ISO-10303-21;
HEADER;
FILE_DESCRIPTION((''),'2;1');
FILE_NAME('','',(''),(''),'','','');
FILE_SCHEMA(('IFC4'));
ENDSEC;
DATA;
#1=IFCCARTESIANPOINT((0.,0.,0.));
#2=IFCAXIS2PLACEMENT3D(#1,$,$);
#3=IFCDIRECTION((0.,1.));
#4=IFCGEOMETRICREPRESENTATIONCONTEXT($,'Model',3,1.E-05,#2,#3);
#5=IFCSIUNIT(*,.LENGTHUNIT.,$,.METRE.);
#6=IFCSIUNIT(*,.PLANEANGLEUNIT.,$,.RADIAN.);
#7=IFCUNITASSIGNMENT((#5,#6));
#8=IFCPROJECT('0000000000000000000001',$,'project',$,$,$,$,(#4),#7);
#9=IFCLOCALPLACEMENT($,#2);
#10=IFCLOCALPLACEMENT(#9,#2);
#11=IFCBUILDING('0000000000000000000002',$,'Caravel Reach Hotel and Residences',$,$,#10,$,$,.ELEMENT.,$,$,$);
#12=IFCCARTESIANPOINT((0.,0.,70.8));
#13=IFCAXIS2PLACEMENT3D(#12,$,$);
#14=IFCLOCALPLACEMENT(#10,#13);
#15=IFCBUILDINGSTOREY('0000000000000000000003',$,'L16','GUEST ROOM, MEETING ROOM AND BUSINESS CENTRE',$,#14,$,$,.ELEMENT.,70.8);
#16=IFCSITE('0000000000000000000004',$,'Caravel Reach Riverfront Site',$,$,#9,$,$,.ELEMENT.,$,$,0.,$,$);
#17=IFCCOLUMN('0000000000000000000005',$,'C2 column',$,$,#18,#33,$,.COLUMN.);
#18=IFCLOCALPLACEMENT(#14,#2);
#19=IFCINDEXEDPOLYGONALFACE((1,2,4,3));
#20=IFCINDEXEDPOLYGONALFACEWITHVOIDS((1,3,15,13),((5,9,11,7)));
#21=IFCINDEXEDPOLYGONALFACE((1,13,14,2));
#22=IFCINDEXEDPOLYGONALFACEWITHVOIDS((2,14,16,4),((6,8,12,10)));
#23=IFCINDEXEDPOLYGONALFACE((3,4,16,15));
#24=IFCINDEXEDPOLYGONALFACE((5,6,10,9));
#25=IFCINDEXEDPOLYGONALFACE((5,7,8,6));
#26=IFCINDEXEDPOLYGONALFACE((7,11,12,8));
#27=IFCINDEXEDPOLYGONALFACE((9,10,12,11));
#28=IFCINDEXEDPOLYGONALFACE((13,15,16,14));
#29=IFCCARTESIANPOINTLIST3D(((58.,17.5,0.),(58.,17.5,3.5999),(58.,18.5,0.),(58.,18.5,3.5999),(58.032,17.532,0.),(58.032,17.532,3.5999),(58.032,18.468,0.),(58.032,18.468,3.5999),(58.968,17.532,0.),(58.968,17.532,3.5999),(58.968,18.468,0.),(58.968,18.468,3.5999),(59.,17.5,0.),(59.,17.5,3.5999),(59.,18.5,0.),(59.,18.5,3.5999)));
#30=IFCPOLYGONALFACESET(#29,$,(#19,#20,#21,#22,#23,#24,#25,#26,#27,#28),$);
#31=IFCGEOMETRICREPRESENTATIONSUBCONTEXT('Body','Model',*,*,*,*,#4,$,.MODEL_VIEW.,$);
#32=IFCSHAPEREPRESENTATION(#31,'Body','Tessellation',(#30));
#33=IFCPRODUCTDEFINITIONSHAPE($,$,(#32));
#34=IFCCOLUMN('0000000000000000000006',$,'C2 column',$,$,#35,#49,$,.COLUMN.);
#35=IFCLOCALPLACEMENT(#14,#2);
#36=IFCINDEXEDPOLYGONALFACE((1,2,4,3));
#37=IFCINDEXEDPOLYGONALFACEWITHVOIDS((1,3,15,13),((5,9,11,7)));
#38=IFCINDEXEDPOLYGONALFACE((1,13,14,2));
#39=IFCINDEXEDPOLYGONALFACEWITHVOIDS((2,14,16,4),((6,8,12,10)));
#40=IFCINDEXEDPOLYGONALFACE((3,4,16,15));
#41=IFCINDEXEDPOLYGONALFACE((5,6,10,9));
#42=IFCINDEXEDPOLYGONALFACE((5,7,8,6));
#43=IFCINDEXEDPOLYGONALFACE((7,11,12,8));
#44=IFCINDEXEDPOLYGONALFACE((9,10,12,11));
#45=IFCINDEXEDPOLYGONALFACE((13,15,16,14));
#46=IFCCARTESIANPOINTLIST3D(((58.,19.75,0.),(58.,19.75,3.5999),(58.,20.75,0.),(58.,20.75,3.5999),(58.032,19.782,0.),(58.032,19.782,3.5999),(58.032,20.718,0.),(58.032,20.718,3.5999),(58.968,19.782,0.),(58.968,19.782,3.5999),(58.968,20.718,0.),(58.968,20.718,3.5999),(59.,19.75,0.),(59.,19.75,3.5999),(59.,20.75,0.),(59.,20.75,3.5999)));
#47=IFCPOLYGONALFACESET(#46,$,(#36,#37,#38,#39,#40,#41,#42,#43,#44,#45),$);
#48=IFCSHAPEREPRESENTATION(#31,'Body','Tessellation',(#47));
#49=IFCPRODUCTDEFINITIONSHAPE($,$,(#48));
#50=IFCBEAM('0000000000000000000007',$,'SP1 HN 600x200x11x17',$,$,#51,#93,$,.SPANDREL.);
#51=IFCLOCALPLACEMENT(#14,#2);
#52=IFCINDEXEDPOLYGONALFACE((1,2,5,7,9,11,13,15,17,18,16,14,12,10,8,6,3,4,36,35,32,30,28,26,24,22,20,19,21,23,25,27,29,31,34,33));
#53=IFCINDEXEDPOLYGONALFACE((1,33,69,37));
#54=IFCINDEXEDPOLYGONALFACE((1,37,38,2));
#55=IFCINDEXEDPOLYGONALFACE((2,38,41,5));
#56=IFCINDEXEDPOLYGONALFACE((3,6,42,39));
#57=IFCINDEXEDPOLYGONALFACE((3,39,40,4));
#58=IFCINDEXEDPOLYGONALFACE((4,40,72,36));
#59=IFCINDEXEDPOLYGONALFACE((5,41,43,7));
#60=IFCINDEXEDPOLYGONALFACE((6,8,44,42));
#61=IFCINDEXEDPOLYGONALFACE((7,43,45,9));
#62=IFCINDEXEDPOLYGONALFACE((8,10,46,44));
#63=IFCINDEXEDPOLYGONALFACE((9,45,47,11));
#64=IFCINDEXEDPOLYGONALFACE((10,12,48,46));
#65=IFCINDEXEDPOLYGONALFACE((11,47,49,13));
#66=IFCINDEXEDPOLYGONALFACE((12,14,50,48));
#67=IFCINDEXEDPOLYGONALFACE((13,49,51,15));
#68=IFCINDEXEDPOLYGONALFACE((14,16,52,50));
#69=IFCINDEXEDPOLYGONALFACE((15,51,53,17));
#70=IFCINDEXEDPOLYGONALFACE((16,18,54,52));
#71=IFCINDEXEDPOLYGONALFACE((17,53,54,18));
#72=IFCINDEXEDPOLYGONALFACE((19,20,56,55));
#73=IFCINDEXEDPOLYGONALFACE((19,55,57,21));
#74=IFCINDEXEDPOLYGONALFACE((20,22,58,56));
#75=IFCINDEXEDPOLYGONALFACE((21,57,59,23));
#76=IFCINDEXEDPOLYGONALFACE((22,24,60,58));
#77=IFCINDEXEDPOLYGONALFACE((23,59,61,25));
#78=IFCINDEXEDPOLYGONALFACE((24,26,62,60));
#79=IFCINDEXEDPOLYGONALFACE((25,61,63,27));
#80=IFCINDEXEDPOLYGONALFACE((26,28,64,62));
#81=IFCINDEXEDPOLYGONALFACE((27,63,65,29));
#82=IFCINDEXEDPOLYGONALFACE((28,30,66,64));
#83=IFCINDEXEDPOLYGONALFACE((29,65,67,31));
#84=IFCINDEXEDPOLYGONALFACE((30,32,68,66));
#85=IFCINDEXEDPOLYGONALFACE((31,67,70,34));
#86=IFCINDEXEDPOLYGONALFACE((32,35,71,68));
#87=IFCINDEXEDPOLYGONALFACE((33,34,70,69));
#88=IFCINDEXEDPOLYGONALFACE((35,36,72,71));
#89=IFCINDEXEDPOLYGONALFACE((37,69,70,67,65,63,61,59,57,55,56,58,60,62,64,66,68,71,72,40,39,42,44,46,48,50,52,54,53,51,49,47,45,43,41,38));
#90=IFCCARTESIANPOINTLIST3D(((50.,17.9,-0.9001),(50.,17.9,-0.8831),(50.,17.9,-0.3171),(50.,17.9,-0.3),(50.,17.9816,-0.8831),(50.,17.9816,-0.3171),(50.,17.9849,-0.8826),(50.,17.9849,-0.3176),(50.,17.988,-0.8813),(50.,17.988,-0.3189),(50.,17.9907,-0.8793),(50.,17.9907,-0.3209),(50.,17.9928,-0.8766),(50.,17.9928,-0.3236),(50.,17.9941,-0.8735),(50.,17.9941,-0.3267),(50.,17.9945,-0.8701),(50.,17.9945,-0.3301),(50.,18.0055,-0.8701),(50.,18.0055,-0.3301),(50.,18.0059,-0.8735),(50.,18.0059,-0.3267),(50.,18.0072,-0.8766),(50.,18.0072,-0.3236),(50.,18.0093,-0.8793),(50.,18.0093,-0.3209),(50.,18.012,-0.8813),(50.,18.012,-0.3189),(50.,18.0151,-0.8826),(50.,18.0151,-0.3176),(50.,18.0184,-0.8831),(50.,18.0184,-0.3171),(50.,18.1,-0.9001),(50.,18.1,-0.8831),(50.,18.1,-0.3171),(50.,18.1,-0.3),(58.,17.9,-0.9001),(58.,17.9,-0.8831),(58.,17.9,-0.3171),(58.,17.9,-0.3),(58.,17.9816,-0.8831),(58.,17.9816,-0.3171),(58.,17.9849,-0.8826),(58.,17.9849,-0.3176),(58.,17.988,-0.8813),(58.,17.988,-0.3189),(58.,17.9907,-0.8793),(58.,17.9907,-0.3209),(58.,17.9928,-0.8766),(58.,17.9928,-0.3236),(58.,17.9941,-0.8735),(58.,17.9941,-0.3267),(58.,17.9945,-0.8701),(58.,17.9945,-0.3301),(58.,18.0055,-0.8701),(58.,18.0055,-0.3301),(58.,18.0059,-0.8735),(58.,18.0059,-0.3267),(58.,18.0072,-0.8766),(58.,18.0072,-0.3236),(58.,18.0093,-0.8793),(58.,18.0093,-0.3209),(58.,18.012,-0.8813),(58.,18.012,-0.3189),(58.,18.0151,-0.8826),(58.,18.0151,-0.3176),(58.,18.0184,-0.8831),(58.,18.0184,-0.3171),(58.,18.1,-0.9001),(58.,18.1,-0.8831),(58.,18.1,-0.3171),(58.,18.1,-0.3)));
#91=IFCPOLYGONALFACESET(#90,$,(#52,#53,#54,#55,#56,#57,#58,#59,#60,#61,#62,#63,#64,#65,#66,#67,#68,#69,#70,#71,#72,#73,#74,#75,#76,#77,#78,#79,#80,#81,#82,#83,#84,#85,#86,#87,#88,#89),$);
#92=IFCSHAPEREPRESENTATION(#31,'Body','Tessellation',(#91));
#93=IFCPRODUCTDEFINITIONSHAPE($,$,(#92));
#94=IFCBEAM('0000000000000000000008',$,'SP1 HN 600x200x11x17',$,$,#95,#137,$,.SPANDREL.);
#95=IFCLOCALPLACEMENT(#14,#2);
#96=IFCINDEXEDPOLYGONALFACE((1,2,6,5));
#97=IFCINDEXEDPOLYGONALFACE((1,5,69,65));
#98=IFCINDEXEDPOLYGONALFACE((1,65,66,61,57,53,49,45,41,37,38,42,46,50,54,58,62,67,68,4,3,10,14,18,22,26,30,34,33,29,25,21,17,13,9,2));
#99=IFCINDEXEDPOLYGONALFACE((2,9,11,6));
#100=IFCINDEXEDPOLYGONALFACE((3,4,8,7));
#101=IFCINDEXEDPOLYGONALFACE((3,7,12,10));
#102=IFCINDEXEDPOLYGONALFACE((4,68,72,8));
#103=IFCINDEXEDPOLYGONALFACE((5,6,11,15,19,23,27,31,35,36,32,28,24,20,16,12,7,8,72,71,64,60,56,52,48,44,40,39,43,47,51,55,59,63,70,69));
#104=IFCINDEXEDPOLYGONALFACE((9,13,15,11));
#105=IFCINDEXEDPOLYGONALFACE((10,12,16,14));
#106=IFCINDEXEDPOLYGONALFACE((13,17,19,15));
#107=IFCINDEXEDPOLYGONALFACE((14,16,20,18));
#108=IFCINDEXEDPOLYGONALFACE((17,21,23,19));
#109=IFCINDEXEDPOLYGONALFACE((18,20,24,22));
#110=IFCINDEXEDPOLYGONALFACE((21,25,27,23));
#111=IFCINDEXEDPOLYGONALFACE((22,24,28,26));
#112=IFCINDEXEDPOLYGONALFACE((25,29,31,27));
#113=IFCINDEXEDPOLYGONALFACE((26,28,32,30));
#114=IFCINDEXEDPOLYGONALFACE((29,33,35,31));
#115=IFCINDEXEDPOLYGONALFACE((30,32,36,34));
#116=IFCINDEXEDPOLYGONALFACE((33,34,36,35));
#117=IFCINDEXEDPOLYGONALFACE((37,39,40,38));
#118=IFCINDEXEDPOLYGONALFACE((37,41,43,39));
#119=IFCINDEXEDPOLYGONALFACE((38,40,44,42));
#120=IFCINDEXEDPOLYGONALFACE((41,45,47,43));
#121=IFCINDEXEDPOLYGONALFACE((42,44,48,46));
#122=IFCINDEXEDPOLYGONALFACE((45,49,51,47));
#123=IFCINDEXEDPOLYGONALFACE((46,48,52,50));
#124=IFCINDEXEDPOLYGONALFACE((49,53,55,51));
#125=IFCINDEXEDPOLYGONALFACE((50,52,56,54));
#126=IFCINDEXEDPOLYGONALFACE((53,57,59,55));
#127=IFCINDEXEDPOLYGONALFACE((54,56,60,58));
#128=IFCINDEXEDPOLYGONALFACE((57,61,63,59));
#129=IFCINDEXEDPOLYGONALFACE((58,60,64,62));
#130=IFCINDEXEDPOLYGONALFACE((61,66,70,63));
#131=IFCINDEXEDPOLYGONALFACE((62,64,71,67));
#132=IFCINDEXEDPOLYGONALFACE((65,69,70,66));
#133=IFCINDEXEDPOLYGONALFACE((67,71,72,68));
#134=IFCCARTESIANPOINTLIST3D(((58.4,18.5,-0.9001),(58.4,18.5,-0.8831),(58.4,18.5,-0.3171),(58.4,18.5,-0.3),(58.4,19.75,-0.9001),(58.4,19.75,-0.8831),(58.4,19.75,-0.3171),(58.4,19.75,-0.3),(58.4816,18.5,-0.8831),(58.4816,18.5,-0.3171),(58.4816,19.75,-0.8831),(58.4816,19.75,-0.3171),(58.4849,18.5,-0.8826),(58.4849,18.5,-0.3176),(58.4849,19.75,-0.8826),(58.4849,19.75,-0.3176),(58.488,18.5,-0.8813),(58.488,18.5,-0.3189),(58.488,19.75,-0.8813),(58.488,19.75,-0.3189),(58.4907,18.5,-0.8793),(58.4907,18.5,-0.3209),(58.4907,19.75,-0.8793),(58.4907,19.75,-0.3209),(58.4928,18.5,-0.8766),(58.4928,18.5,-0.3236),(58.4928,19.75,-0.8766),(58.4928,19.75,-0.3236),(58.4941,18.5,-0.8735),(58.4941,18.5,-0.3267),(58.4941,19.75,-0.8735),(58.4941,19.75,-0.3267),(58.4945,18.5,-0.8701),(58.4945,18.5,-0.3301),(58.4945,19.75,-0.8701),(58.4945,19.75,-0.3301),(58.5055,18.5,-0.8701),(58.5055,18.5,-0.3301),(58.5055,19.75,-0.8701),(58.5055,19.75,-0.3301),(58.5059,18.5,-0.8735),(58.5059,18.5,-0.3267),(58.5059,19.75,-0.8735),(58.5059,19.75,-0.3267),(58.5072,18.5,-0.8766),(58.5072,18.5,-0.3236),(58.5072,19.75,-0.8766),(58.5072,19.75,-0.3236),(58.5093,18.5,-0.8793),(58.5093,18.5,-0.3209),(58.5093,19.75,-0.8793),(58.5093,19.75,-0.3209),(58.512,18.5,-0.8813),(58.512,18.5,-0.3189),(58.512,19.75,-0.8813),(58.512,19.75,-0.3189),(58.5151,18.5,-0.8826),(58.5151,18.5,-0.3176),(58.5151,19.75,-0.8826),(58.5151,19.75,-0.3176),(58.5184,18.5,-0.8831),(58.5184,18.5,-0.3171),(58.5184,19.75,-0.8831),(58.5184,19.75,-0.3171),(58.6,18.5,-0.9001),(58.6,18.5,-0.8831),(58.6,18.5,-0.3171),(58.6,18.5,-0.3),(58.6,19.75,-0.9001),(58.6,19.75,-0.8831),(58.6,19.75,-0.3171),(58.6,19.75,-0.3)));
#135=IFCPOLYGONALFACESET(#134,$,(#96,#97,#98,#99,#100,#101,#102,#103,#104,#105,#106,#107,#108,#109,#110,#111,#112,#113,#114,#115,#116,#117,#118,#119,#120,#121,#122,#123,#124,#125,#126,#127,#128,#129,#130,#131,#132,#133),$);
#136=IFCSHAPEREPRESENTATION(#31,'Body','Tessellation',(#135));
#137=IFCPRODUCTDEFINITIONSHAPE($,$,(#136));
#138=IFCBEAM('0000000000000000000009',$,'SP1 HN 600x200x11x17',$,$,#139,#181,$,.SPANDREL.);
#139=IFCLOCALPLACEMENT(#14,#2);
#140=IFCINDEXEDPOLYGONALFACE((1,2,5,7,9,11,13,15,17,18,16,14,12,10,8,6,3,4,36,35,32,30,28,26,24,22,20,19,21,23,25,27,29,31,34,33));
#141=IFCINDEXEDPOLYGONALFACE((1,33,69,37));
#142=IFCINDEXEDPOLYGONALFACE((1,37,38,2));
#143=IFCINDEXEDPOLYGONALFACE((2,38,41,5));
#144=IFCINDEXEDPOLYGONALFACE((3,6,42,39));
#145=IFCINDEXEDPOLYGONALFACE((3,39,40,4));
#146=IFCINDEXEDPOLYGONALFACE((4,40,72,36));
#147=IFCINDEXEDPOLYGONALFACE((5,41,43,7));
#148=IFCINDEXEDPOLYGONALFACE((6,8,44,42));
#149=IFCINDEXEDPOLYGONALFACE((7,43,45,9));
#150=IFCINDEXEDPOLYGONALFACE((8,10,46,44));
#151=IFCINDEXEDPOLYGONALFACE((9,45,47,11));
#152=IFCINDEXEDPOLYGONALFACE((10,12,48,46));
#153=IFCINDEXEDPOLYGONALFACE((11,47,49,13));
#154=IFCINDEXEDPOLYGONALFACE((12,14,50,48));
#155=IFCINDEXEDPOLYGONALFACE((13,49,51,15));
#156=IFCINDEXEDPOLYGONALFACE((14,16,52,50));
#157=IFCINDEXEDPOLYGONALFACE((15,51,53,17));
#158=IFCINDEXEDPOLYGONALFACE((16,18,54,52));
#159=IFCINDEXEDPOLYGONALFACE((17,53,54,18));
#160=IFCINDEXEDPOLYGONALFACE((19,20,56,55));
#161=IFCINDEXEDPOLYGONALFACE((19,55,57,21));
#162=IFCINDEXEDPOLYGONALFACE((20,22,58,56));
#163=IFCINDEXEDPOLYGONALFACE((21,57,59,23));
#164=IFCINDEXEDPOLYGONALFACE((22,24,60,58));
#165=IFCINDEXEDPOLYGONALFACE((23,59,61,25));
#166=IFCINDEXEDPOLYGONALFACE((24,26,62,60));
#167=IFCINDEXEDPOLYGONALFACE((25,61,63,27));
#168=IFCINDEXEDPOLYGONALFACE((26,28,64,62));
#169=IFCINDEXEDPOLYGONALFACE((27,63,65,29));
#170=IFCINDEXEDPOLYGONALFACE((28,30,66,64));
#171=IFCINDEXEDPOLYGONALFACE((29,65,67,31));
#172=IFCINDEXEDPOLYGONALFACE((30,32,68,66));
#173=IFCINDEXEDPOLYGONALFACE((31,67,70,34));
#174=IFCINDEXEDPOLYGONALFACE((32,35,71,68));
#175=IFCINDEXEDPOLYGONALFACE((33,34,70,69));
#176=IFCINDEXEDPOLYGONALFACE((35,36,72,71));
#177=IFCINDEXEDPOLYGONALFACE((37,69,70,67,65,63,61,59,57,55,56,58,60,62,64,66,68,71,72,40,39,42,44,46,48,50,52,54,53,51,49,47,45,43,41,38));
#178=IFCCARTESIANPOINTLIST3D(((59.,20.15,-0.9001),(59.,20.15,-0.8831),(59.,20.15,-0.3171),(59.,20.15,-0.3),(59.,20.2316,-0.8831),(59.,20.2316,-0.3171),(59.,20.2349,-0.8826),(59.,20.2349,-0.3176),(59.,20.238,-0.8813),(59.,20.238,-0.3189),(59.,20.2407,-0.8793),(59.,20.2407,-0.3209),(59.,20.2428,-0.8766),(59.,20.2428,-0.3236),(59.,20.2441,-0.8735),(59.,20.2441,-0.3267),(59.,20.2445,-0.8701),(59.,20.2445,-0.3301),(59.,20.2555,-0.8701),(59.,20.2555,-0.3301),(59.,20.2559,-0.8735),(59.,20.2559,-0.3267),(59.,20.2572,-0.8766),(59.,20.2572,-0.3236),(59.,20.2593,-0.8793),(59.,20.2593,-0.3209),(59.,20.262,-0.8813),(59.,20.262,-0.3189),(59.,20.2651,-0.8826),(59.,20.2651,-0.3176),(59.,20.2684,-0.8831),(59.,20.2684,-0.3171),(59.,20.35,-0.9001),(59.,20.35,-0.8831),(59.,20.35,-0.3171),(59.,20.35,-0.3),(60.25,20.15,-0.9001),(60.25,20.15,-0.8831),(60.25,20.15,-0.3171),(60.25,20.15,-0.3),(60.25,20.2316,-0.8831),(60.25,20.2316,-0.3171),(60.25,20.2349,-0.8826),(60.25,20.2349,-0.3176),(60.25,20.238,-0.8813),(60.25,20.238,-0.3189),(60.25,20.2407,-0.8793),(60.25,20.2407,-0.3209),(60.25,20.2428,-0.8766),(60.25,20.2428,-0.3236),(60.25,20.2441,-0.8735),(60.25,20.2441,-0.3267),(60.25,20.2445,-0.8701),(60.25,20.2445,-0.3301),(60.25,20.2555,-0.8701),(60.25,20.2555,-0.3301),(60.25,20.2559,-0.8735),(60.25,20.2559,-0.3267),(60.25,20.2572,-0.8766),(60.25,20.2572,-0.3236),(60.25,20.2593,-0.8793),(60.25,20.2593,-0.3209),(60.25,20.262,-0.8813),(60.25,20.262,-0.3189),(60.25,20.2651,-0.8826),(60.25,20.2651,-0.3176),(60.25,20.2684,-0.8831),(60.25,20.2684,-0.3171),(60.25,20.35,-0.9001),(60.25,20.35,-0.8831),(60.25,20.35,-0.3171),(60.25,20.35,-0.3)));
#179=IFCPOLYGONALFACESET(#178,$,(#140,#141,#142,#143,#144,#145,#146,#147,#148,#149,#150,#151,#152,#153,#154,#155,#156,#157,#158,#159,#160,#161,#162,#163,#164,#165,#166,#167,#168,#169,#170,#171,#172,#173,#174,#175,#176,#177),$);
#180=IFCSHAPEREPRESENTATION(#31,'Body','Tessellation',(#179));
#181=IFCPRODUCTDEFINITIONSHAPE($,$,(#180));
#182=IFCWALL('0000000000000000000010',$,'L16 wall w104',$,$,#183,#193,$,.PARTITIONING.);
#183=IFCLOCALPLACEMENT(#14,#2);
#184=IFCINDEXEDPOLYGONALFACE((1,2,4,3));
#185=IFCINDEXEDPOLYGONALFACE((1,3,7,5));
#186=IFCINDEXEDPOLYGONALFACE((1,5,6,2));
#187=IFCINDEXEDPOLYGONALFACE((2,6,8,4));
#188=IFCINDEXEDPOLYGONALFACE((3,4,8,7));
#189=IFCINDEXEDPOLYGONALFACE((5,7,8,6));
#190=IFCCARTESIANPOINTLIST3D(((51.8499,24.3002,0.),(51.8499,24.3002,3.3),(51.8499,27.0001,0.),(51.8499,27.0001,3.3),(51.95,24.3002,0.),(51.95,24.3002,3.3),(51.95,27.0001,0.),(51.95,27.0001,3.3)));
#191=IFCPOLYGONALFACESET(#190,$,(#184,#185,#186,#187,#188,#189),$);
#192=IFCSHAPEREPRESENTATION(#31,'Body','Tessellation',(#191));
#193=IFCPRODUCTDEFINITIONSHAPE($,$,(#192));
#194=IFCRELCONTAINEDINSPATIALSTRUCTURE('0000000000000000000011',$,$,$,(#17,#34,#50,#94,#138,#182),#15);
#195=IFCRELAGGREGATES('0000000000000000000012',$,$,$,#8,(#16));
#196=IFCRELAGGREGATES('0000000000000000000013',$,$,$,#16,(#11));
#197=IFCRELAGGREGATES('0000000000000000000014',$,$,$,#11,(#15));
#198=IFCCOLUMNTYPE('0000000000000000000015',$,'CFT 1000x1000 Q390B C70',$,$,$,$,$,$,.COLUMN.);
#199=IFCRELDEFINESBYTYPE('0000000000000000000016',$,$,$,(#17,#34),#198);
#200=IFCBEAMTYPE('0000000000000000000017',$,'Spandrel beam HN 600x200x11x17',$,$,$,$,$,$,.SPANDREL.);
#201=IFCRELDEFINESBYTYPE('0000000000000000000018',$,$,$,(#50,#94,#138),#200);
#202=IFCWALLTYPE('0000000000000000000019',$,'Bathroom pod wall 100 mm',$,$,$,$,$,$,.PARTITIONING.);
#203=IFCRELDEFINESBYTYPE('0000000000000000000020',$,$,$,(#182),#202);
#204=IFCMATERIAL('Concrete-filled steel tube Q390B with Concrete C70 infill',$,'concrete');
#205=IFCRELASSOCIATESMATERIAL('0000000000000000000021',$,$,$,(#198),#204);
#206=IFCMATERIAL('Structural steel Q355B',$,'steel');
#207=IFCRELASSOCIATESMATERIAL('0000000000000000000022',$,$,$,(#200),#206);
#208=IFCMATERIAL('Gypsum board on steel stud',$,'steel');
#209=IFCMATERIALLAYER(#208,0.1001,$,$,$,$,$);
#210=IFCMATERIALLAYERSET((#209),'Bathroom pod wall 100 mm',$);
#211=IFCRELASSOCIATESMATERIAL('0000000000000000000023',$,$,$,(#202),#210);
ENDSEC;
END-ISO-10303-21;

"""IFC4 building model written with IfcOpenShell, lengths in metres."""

from ifc_helpers import new_model, si_unit, direction, frame, frame_2d, origin, origin_2d, place, context, subcontext, project, spatial, rectangle, hollow_rectangle, i_section, extrude, material, layer, layer_set, material_profile, profile_set, type_object, element, save


model = new_model("IFC4")

# Units and contexts
model_context = context("Model", 3, precision=1e-05, world=origin(), true_north=direction((0.0, 1.0)))
body_context = subcontext(model_context, "Body", "Model", "MODEL_VIEW")
ifc_project = project(units=[si_unit("LENGTHUNIT", "METRE"), si_unit("PLANEANGLEUNIT", "RADIAN")], contexts=[model_context])

# Site, building, storey
site_placement = place(None, origin())
site = spatial("IfcSite", under=ifc_project, at=site_placement, Name="Caravel Reach Riverfront Site", CompositionType="ELEMENT", RefElevation=0.0)
building_placement = place(site_placement, origin())
building = spatial("IfcBuilding", under=site, at=building_placement, Name="Caravel Reach Hotel and Residences", CompositionType="ELEMENT")
storey_placement = place(building_placement, frame((0.0, 0.0, 70.8)))
storey = spatial("IfcBuildingStorey", under=building, at=storey_placement, Name="L16", Description="GUEST ROOM, MEETING ROOM AND BUSINESS CENTRE", CompositionType="ELEMENT", Elevation=70.8)

# Columns
ifc_material_1 = material(Name="Concrete-filled steel tube Q390B with Concrete C70 infill", Category="concrete")
ifc_material_profile_1 = material_profile(ifc_material_1, hollow_rectangle(XDim=1.0, YDim=1.0, WallThickness=0.032, at=origin_2d()), Name="RHS 1000x1000x32")
ifc_profile_set_1 = profile_set([ifc_material_profile_1], Name="Concrete-filled steel tube Q390B with Concrete C70 infill")
column_type = type_object("IfcColumnType", Name="CFT 1000x1000 Q390B C70", PredefinedType="COLUMN", material=ifc_profile_set_1)
for number, where, z_axis, x_axis, name in (
    (1, (58.5, 18.0, 0.0), (0.0, 0.0, 1.0), (1.0, 0.0, 0.0), "C2 column"),
    (2, (58.5, 20.25, 0.0), (0.0, 0.0, 1.0), (1.0, 0.0, 0.0), "C2 column"),
):
    element("IfcColumn", number, at=place(storey_placement, frame(where, z_axis=z_axis, x_axis=x_axis)), inside=storey, type_object=column_type, Name=name, PredefinedType="COLUMN", context=body_context, shape_type="SweptSolid", body=[
        extrude(hollow_rectangle(XDim=1.0, YDim=1.0, WallThickness=0.032, at=origin_2d()), origin(), (0.0, 0.0, 1.0), 3.5999),
    ])

# Beams
ifc_material_2 = material(Name="Structural steel Q355B", Category="steel")
ifc_material_profile_2 = material_profile(ifc_material_2, i_section(OverallWidth=0.2, OverallDepth=0.6001, WebThickness=0.011, FlangeThickness=0.0171, FilletRadius=0.0129, at=origin_2d()), Name="HN 600x200x11x17")
ifc_profile_set_2 = profile_set([ifc_material_profile_2], Name="Structural steel Q355B")
beam_type = type_object("IfcBeamType", Name="Spandrel beam HN 600x200x11x17", PredefinedType="SPANDREL", material=ifc_profile_set_2)
beam_placement = place(storey_placement, frame((50.0, 18.0, -0.6001), z_axis=(1.0, 0.0, 0.0), x_axis=(0.0, 1.0, 0.0)))
element("IfcBeam", 3, at=beam_placement, inside=storey, type_object=beam_type, Name="SP1 HN 600x200x11x17", PredefinedType="SPANDREL", context=body_context, shape_type="SweptSolid", body=[
    extrude(i_section(OverallWidth=0.2, OverallDepth=0.6001, WebThickness=0.011, FlangeThickness=0.0171, FilletRadius=0.0129, at=origin_2d()), origin(), (0.0, 0.0, 1.0), 8.0),
])
for number, where, z_axis, x_axis, name in (
    (4, (58.5, 18.5, -0.6001), (0.0, 1.0, 0.0), (-1.0, 0.0, 0.0), "SP1 HN 600x200x11x17"),
    (5, (59.0, 20.25, -0.6001), (1.0, 0.0, 0.0), (0.0, 1.0, 0.0), "SP1 HN 600x200x11x17"),
):
    element("IfcBeam", number, at=place(storey_placement, frame(where, z_axis=z_axis, x_axis=x_axis)), inside=storey, type_object=beam_type, Name=name, PredefinedType="SPANDREL", context=body_context, shape_type="SweptSolid", body=[
        extrude(i_section(OverallWidth=0.2, OverallDepth=0.6001, WebThickness=0.011, FlangeThickness=0.0171, FilletRadius=0.0129, at=origin_2d()), origin(), (0.0, 0.0, 1.0), 1.25),
    ])

# Wall
ifc_material_3 = material(Name="Gypsum board on steel stud", Category="steel")
ifc_layer_1 = layer(ifc_material_3, 0.1001)
ifc_layer_set_1 = layer_set([ifc_layer_1], Name="Bathroom pod wall 100 mm")
wall_type_1 = type_object("IfcWallType", Name="Bathroom pod wall 100 mm", PredefinedType="PARTITIONING", material=ifc_layer_set_1)
wall_1_placement = place(storey_placement, frame((51.8999, 24.3, 0.0), z_axis=(0.0, 0.0, 1.0), x_axis=(0.0, 1.0, 0.0)))
element("IfcWall", 6, at=wall_1_placement, inside=storey, type_object=wall_type_1, Name="L16 wall w104", PredefinedType="PARTITIONING", context=body_context, shape_type="SweptSolid", body=[
    extrude(rectangle(XDim=2.7, YDim=0.1001, at=frame_2d((1.3501, 0.0))), origin(), (0.0, 0.0, 1.0), 3.3),
])

save(model, "model.ifc")
